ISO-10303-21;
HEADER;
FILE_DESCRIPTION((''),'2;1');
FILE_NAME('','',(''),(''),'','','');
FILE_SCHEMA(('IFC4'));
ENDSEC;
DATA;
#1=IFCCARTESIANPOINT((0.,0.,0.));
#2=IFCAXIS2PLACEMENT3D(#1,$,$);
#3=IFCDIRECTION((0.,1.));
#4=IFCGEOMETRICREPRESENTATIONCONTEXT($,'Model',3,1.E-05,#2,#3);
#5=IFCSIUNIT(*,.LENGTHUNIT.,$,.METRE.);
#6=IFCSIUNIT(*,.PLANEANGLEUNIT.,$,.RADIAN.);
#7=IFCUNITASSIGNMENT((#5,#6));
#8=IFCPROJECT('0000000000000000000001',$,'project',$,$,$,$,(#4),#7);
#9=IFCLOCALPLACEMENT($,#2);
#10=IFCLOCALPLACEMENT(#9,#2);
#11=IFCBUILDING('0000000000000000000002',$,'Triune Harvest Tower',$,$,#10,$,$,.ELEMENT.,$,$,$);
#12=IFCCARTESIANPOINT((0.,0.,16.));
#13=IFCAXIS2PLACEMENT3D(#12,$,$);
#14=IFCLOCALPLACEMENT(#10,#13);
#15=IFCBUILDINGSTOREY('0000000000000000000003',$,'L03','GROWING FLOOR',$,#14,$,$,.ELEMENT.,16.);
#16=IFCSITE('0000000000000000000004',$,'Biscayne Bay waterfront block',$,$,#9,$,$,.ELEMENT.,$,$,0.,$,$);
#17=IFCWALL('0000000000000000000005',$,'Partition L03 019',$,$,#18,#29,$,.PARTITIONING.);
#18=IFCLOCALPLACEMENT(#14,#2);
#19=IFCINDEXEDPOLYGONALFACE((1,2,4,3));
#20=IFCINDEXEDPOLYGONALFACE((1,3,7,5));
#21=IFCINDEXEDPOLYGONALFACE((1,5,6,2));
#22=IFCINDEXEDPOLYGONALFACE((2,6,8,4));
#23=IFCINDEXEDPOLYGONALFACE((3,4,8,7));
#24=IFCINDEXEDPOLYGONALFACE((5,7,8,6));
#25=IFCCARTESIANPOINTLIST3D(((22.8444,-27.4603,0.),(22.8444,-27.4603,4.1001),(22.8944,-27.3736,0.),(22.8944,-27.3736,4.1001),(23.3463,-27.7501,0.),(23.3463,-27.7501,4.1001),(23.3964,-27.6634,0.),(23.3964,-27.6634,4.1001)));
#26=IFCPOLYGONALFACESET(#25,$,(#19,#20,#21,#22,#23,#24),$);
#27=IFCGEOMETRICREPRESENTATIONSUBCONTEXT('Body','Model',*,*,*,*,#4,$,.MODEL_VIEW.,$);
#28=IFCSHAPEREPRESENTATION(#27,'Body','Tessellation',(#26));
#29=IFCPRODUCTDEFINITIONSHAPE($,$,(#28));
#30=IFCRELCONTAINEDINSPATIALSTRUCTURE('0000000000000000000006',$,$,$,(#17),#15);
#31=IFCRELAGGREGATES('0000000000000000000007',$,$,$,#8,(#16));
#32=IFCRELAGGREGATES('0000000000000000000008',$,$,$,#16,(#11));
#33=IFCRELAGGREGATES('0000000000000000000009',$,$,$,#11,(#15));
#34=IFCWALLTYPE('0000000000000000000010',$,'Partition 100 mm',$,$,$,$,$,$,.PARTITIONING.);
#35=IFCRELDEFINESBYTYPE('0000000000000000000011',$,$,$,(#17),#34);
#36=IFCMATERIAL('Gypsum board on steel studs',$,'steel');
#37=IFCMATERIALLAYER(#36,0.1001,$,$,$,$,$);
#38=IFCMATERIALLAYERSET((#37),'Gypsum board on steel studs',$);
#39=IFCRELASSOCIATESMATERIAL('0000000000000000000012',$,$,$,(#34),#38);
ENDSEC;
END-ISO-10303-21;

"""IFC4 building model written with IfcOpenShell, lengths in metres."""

from ifc_helpers import new_model, si_unit, direction, frame, frame_2d, origin, place, context, subcontext, project, spatial, rectangle, extrude, material, layer, layer_set, type_object, element, save


model = new_model("IFC4")

# Units and contexts
model_context = context("Model", 3, precision=1e-05, world=origin(), true_north=direction((0.0, 1.0)))
body_context = subcontext(model_context, "Body", "Model", "MODEL_VIEW")
ifc_project = project(units=[si_unit("LENGTHUNIT", "METRE"), si_unit("PLANEANGLEUNIT", "RADIAN")], contexts=[model_context])

# Site, building, storey
site_placement = place(None, origin())
site = spatial("IfcSite", under=ifc_project, at=site_placement, Name="Biscayne Bay waterfront block", CompositionType="ELEMENT", RefElevation=0.0)
building_placement = place(site_placement, origin())
building = spatial("IfcBuilding", under=site, at=building_placement, Name="Triune Harvest Tower", CompositionType="ELEMENT")
storey_placement = place(building_placement, frame((0.0, 0.0, 16.0)))
storey = spatial("IfcBuildingStorey", under=building, at=storey_placement, Name="L03", Description="GROWING FLOOR", CompositionType="ELEMENT", Elevation=16.0)

# Wall
ifc_material_1 = material(Name="Gypsum board on steel studs", Category="steel")
ifc_layer_1 = layer(ifc_material_1, 0.1001)
ifc_layer_set_1 = layer_set([ifc_layer_1], Name="Gypsum board on steel studs")
wall_type = type_object("IfcWallType", Name="Partition 100 mm", PredefinedType="PARTITIONING", material=ifc_layer_set_1)
wall_placement = place(storey_placement, frame((22.8694, -27.417, 0.0), z_axis=(0.0, 0.0, 1.0), x_axis=(0.866031, -0.49999, 0.0)))
element("IfcWall", 1, at=wall_placement, inside=storey, type_object=wall_type, Name="Partition L03 019", PredefinedType="PARTITIONING", context=body_context, shape_type="SweptSolid", body=[
    extrude(rectangle(XDim=0.5796, YDim=0.1001, at=frame_2d((0.2898, 0.0))), origin(), (0.0, 0.0, 1.0), 4.1001),
])

save(model, "model.ifc")
